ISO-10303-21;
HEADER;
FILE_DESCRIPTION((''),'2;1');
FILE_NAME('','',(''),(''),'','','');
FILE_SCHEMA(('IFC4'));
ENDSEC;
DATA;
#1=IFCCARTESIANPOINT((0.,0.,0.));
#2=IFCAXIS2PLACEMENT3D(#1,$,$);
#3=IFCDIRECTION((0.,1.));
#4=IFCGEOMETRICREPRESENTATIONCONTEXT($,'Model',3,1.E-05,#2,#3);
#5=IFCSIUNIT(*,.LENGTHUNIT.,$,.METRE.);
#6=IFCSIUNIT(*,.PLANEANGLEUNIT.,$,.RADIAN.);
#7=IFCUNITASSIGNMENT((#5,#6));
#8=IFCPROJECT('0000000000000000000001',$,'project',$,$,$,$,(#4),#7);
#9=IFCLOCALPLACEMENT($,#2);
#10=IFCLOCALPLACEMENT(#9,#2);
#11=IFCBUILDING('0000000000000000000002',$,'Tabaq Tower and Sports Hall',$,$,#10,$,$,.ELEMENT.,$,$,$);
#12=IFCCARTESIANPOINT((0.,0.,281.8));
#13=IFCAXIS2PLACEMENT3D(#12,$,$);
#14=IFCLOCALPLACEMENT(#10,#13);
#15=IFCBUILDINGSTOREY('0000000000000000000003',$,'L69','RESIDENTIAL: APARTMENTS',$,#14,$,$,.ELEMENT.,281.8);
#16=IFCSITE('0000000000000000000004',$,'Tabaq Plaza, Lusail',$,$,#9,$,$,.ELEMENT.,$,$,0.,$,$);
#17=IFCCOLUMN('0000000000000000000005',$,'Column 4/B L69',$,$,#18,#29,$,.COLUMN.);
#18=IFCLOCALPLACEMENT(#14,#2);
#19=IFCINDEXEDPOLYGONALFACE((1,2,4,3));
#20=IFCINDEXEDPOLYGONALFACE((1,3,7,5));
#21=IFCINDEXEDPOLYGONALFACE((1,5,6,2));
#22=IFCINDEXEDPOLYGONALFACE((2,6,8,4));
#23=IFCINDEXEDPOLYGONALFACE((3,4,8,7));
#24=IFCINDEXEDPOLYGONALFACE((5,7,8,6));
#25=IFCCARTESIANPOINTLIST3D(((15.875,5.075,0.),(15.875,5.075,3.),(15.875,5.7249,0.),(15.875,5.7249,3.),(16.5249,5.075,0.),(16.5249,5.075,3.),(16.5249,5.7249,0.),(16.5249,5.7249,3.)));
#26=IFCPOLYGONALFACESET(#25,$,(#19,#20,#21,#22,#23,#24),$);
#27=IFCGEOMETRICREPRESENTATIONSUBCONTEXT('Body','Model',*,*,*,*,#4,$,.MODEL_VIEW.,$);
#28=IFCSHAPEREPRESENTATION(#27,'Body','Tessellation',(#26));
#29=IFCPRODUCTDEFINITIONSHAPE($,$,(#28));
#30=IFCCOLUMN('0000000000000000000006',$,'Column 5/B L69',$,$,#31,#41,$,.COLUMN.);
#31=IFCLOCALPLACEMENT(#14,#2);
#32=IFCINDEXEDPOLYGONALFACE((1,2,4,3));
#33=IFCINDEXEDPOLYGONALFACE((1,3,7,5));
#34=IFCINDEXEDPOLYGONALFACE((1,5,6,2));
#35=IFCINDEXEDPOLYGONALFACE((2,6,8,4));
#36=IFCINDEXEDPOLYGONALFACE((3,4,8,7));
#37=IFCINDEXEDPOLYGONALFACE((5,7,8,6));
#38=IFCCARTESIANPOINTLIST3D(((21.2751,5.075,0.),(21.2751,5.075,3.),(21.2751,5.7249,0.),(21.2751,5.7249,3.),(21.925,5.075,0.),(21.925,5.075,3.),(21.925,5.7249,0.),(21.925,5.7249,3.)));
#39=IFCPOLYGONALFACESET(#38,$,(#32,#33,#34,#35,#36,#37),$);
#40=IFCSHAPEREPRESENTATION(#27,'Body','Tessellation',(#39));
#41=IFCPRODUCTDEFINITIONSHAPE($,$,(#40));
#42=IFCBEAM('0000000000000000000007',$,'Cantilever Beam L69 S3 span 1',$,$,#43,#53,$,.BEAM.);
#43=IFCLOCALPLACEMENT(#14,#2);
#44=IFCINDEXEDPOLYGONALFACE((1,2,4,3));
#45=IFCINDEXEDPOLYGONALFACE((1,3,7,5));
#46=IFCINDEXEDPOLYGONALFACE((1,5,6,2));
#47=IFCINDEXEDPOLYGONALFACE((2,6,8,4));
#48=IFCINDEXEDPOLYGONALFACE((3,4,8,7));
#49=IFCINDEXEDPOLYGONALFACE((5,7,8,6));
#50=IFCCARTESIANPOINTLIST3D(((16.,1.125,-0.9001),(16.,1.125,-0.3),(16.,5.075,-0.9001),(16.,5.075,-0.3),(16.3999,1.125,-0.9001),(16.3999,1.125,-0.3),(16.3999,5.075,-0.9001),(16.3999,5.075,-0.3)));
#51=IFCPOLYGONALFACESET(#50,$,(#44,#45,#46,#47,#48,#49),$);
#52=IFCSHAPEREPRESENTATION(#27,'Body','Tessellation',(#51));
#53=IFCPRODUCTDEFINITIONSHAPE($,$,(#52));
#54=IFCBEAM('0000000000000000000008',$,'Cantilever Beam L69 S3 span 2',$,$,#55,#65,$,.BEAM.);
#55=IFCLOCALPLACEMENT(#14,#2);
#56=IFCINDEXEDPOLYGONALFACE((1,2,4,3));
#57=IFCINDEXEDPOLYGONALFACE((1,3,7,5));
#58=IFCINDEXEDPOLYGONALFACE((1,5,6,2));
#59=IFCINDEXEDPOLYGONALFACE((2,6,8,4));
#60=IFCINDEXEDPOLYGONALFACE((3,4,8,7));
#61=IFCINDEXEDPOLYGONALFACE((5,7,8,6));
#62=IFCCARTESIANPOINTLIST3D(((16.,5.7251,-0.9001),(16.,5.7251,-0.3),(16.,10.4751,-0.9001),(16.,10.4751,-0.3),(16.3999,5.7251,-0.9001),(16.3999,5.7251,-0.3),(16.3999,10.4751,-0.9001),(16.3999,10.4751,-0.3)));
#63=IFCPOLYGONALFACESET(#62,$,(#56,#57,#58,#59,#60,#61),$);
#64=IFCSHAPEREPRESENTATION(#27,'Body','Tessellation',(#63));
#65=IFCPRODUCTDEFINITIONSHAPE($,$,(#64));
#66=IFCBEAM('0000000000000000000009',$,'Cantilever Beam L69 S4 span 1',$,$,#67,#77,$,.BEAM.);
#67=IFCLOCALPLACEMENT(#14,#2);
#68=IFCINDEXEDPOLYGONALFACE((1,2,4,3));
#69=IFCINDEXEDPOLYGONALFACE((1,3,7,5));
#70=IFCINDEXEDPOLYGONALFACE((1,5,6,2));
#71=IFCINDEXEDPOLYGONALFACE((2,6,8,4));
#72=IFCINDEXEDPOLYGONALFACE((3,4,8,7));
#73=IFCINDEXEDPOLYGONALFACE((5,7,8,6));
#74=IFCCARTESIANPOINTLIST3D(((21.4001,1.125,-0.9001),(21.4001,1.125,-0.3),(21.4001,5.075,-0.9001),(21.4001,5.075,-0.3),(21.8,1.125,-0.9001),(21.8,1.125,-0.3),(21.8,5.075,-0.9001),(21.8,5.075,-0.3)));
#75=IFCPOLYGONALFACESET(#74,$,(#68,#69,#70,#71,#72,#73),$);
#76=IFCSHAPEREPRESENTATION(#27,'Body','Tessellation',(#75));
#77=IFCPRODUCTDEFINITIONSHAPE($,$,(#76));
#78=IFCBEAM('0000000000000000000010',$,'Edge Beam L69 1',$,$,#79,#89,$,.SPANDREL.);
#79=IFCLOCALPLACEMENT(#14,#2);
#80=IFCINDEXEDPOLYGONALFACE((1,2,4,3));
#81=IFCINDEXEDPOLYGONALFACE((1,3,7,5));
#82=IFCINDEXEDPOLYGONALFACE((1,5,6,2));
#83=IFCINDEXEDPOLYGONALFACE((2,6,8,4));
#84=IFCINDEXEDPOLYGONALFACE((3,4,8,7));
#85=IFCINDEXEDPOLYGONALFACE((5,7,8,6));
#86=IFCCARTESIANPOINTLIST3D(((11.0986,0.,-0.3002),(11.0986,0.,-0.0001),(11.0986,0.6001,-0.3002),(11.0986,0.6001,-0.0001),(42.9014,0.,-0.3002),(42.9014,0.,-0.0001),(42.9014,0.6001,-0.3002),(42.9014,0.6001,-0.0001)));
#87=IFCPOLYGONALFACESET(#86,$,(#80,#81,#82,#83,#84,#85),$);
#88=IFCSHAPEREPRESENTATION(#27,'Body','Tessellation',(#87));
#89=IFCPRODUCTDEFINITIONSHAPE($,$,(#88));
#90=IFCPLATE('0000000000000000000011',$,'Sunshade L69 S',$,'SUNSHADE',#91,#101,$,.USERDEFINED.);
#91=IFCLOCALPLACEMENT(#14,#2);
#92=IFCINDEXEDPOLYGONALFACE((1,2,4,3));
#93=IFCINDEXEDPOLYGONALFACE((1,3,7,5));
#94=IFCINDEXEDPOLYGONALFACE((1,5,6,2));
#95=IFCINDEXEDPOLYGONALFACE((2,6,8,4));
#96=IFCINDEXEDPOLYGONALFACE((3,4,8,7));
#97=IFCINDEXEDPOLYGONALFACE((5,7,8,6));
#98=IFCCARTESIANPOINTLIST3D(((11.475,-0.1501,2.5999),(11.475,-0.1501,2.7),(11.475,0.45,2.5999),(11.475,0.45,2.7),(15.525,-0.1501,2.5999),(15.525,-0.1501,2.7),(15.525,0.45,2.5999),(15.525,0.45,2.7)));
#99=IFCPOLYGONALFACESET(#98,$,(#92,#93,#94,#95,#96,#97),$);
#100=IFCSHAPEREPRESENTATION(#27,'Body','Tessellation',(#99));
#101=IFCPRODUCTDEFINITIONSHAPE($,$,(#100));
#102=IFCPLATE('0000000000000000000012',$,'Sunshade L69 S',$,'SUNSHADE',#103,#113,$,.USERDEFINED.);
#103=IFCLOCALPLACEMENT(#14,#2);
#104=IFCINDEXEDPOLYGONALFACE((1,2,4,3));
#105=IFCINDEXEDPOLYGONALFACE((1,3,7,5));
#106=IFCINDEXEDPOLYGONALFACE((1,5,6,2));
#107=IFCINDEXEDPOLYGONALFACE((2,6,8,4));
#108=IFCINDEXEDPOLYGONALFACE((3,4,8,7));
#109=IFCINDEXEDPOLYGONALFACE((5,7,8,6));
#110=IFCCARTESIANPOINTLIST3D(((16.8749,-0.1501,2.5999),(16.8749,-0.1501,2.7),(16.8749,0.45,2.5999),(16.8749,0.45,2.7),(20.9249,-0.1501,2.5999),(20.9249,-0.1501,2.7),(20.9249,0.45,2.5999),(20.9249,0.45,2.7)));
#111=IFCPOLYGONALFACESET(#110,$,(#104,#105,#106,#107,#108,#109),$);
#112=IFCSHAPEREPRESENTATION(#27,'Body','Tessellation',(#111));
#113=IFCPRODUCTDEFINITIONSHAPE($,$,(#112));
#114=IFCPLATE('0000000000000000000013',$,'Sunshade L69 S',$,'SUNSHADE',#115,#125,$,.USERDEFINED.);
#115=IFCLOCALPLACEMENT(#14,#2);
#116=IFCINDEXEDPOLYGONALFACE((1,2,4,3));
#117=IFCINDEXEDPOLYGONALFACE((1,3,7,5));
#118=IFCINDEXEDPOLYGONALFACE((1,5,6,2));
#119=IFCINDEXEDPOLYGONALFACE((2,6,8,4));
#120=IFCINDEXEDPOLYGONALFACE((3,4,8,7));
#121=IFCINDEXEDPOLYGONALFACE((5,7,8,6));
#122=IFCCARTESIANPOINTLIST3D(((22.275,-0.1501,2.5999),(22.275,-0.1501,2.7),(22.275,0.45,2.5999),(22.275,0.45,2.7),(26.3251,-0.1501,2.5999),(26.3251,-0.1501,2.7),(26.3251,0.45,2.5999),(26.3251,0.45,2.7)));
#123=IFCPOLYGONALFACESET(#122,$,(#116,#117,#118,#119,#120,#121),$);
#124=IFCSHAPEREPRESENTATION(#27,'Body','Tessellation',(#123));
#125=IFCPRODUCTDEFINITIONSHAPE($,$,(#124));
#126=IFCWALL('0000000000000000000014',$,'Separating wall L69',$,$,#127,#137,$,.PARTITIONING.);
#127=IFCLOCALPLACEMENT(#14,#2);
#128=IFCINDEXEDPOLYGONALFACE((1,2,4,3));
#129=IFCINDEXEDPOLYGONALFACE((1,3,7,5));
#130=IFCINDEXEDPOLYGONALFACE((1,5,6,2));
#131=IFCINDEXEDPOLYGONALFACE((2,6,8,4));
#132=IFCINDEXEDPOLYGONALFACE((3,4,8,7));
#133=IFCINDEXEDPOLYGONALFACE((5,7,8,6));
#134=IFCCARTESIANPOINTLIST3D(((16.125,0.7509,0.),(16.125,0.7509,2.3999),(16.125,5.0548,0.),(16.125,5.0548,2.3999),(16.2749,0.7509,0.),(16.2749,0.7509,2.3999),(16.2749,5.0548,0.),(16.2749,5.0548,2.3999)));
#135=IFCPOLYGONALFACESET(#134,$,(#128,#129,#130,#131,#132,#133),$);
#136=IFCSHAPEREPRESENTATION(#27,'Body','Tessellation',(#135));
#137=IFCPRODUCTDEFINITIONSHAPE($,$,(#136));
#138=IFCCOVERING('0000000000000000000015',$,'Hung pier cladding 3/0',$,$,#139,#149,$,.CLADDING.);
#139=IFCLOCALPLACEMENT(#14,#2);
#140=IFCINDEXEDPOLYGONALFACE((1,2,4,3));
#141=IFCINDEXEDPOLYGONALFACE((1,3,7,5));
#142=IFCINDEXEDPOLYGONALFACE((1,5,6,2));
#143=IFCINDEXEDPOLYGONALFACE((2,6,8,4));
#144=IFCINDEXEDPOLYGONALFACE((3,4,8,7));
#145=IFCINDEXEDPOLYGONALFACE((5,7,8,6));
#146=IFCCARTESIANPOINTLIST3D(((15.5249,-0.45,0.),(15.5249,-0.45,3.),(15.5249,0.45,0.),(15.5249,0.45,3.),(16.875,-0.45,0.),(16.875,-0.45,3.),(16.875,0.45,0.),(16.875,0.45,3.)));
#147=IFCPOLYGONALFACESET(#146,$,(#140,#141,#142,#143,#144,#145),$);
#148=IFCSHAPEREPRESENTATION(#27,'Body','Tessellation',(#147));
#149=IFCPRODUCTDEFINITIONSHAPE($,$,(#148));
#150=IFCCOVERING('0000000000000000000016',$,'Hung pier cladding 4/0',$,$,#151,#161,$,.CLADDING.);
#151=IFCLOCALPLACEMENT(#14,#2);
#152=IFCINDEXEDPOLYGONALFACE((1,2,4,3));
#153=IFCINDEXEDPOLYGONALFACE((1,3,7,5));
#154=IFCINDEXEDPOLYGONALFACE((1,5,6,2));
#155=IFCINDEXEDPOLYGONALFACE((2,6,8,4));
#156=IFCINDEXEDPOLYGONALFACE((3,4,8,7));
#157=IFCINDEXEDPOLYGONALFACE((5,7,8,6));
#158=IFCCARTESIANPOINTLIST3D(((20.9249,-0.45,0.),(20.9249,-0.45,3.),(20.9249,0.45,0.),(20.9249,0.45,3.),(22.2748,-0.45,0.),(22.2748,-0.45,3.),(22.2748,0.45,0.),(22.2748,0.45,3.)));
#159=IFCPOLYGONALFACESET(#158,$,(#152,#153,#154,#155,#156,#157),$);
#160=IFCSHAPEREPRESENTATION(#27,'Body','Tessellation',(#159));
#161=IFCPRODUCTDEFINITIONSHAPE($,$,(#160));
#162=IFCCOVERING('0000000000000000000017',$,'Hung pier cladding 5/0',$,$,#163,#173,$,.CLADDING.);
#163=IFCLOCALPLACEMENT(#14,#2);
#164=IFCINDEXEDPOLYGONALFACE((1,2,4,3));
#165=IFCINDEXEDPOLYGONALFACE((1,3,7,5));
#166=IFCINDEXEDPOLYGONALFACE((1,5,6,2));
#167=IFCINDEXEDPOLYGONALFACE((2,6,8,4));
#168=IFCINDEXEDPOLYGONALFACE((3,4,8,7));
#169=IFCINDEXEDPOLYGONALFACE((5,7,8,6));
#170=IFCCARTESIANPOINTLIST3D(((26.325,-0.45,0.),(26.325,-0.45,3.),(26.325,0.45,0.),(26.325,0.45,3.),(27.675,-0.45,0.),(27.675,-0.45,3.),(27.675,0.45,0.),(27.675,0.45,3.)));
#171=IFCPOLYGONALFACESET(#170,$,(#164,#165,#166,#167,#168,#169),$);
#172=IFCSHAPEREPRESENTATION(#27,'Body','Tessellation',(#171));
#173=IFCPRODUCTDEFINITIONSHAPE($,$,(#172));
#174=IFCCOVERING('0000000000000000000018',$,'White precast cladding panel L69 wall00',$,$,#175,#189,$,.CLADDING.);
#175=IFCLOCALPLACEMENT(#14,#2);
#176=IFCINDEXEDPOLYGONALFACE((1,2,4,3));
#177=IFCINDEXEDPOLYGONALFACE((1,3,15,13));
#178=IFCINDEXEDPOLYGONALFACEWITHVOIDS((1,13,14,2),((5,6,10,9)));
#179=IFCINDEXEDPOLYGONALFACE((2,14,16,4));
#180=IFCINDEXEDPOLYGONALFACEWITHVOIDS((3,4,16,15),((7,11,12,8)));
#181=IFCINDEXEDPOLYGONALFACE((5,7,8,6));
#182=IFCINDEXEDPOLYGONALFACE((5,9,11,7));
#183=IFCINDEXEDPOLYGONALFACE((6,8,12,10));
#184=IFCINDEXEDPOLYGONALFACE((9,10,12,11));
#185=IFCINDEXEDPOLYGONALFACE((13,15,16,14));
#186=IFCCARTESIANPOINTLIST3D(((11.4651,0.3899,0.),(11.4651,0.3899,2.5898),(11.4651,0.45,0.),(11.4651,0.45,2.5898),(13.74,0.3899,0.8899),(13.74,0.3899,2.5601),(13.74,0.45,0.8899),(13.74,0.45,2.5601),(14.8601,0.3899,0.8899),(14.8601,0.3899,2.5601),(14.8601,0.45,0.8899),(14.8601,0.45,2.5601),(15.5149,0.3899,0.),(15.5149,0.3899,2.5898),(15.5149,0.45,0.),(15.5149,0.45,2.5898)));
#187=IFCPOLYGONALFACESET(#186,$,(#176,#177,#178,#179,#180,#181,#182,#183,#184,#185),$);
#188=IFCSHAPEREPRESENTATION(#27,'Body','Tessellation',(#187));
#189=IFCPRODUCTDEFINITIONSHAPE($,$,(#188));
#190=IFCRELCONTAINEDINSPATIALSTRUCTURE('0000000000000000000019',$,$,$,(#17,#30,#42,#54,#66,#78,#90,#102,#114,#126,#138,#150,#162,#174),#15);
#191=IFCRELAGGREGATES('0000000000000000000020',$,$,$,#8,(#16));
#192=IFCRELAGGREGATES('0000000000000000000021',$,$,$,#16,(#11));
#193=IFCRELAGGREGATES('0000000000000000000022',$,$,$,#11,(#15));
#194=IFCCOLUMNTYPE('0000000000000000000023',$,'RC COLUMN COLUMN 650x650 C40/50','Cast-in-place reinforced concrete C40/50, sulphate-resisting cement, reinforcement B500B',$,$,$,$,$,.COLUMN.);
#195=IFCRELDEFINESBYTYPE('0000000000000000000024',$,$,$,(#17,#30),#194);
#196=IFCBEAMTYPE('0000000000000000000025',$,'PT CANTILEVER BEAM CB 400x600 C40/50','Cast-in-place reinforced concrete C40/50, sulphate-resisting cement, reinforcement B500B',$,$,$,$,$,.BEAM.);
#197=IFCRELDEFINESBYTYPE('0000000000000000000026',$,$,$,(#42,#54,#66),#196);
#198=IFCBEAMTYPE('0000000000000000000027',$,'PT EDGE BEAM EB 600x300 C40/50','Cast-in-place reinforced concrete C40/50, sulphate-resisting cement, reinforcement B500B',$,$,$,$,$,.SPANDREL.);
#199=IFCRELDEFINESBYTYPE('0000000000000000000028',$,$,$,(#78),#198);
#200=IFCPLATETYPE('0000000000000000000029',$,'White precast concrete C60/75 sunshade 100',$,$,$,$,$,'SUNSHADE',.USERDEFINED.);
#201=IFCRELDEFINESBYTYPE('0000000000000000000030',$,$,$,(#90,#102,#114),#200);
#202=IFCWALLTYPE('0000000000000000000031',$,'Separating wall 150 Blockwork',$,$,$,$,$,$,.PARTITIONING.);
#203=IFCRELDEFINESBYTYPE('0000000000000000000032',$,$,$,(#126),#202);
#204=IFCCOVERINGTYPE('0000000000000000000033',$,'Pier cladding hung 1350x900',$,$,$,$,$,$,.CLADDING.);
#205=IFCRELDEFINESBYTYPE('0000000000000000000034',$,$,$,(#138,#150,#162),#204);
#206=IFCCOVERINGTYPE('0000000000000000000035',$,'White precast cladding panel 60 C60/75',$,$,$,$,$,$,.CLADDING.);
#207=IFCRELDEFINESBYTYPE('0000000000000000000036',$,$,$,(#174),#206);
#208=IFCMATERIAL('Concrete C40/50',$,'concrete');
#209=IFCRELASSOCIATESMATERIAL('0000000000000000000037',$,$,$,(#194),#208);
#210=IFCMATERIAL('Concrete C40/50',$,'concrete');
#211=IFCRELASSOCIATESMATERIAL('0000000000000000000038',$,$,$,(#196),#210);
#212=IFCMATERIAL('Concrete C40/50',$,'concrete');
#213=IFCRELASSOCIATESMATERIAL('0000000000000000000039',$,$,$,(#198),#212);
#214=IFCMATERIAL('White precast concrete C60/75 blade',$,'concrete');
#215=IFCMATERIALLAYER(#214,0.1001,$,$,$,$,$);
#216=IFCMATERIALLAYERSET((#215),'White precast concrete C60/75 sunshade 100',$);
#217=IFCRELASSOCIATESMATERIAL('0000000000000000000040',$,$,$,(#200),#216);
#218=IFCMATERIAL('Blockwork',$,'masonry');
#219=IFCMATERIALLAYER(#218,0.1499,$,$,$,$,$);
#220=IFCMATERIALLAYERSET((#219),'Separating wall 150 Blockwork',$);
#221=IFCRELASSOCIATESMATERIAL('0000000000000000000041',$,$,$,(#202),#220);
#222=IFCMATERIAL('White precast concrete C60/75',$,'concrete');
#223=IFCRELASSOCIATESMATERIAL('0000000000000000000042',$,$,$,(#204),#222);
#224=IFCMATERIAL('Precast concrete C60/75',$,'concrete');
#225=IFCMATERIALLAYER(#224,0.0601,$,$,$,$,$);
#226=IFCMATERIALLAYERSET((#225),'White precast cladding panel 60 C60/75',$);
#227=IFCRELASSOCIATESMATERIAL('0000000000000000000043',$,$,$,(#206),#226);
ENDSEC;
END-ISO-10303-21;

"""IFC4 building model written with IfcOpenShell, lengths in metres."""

from ifc_helpers import new_model, si_unit, direction, frame, frame_2d, origin, origin_2d, place, context, subcontext, project, spatial, polyline, rectangle, outline, extrude, material, layer, layer_set, material_profile, profile_set, type_object, element, save


model = new_model("IFC4")

# Units and contexts
model_context = context("Model", 3, precision=1e-05, world=origin(), true_north=direction((0.0, 1.0)))
body_context = subcontext(model_context, "Body", "Model", "MODEL_VIEW")
ifc_project = project(units=[si_unit("LENGTHUNIT", "METRE"), si_unit("PLANEANGLEUNIT", "RADIAN")], contexts=[model_context])

# Site, building, storey
site_placement = place(None, origin())
site = spatial("IfcSite", under=ifc_project, at=site_placement, Name="Tabaq Plaza, Lusail", CompositionType="ELEMENT", RefElevation=0.0)
building_placement = place(site_placement, origin())
building = spatial("IfcBuilding", under=site, at=building_placement, Name="Tabaq Tower and Sports Hall", CompositionType="ELEMENT")
storey_placement = place(building_placement, frame((0.0, 0.0, 281.8)))
storey = spatial("IfcBuildingStorey", under=building, at=storey_placement, Name="L69", Description="RESIDENTIAL: APARTMENTS", CompositionType="ELEMENT", Elevation=281.8)

# Columns
ifc_material_1 = material(Name="Concrete C40/50", Category="concrete")
ifc_material_profile_1 = material_profile(ifc_material_1, rectangle(XDim=0.6499, YDim=0.6499, at=origin_2d()), Name="COLUMN 650x650")
ifc_profile_set_1 = profile_set([ifc_material_profile_1], Name="Concrete C40/50")
column_type = type_object("IfcColumnType", Name="RC COLUMN COLUMN 650x650 C40/50", Description="Cast-in-place reinforced concrete C40/50, sulphate-resisting cement, reinforcement B500B", PredefinedType="COLUMN", material=ifc_profile_set_1)
for number, where, z_axis, x_axis, name in (
    (1, (16.2, 5.3999, 0.0), (0.0, 0.0, 1.0), (1.0, 0.0, 0.0), "Column 4/B L69"),
    (2, (21.6001, 5.3999, 0.0), (0.0, 0.0, 1.0), (1.0, 0.0, 0.0), "Column 5/B L69"),
):
    element("IfcColumn", number, at=place(storey_placement, frame(where, z_axis=z_axis, x_axis=x_axis)), inside=storey, type_object=column_type, Name=name, PredefinedType="COLUMN", context=body_context, shape_type="SweptSolid", body=[
        extrude(rectangle(XDim=0.6499, YDim=0.6499, at=origin_2d()), origin(), (0.0, 0.0, 1.0), 3.0),
    ])

# Beams
ifc_material_2 = material(Name="Concrete C40/50", Category="concrete")
ifc_material_profile_2 = material_profile(ifc_material_2, rectangle(XDim=0.3999, YDim=0.6001, at=origin_2d()), Name="CB 400x600")
ifc_profile_set_2 = profile_set([ifc_material_profile_2], Name="Concrete C40/50")
beam_type_1 = type_object("IfcBeamType", Name="PT CANTILEVER BEAM CB 400x600 C40/50", Description="Cast-in-place reinforced concrete C40/50, sulphate-resisting cement, reinforcement B500B", PredefinedType="BEAM", material=ifc_profile_set_2)
beam_1_placement = place(storey_placement, frame((16.2, 1.125, -0.6001), z_axis=(0.0, 1.0, 0.0), x_axis=(-1.0, 0.0, 0.0)))
element("IfcBeam", 3, at=beam_1_placement, inside=storey, type_object=beam_type_1, Name="Cantilever Beam L69 S3 span 1", PredefinedType="BEAM", context=body_context, shape_type="SweptSolid", body=[
    extrude(rectangle(XDim=0.3999, YDim=0.6001, at=origin_2d()), origin(), (0.0, 0.0, 1.0), 3.95),
])
beam_2_placement = place(storey_placement, frame((16.2, 5.7251, -0.6001), z_axis=(0.0, 1.0, 0.0), x_axis=(-1.0, 0.0, 0.0)))
element("IfcBeam", 4, at=beam_2_placement, inside=storey, type_object=beam_type_1, Name="Cantilever Beam L69 S3 span 2", PredefinedType="BEAM", context=body_context, shape_type="SweptSolid", body=[
    extrude(rectangle(XDim=0.3999, YDim=0.6001, at=origin_2d()), origin(), (0.0, 0.0, 1.0), 4.75),
])
beam_3_placement = place(storey_placement, frame((21.6001, 1.125, -0.6001), z_axis=(0.0, 1.0, 0.0), x_axis=(-1.0, 0.0, 0.0)))
element("IfcBeam", 5, at=beam_3_placement, inside=storey, type_object=beam_type_1, Name="Cantilever Beam L69 S4 span 1", PredefinedType="BEAM", context=body_context, shape_type="SweptSolid", body=[
    extrude(rectangle(XDim=0.3999, YDim=0.6001, at=origin_2d()), origin(), (0.0, 0.0, 1.0), 3.95),
])
ifc_material_3 = material(Name="Concrete C40/50", Category="concrete")
ifc_material_profile_3 = material_profile(ifc_material_3, rectangle(XDim=0.6001, YDim=0.3, at=origin_2d()), Name="EB 600x300")
ifc_profile_set_3 = profile_set([ifc_material_profile_3], Name="Concrete C40/50")
beam_type_2 = type_object("IfcBeamType", Name="PT EDGE BEAM EB 600x300 C40/50", Description="Cast-in-place reinforced concrete C40/50, sulphate-resisting cement, reinforcement B500B", PredefinedType="SPANDREL", material=ifc_profile_set_3)
beam_4_placement = place(storey_placement, frame((11.0986, 0.3, -0.1501), z_axis=(1.0, 0.0, 0.0), x_axis=(0.0, 1.0, 0.0)))
element("IfcBeam", 6, at=beam_4_placement, inside=storey, type_object=beam_type_2, Name="Edge Beam L69 1", PredefinedType="SPANDREL", context=body_context, shape_type="SweptSolid", body=[
    extrude(rectangle(XDim=0.6001, YDim=0.3, at=origin_2d()), origin(), (0.0, 0.0, 1.0), 31.8027),
])

# Plates
ifc_material_4 = material(Name="White precast concrete C60/75 blade", Category="concrete")
ifc_layer_1 = layer(ifc_material_4, 0.1001)
ifc_layer_set_1 = layer_set([ifc_layer_1], Name="White precast concrete C60/75 sunshade 100")
plate_type = type_object("IfcPlateType", Name="White precast concrete C60/75 sunshade 100", ElementType="SUNSHADE", PredefinedType="USERDEFINED", material=ifc_layer_set_1)
for number, where, z_axis, x_axis, name in (
    (7, (13.5, 0.1499, 2.5999), (0.0, 0.0, 1.0), (1.0, 0.0, 0.0), "Sunshade L69 S"),
    (8, (18.8999, 0.1499, 2.5999), (0.0, 0.0, 1.0), (1.0, 0.0, 0.0), "Sunshade L69 S"),
    (9, (24.3, 0.1499, 2.5999), (0.0, 0.0, 1.0), (1.0, 0.0, 0.0), "Sunshade L69 S"),
):
    element("IfcPlate", number, at=place(storey_placement, frame(where, z_axis=z_axis, x_axis=x_axis)), inside=storey, type_object=plate_type, Name=name, ObjectType="SUNSHADE", PredefinedType="USERDEFINED", context=body_context, shape_type="SweptSolid", body=[
        extrude(rectangle(XDim=4.05, YDim=0.6001, at=origin_2d()), origin(), (0.0, 0.0, 1.0), 0.1001),
    ])

# Wall
ifc_material_5 = material(Name="Blockwork", Category="masonry")
ifc_layer_2 = layer(ifc_material_5, 0.1499)
ifc_layer_set_2 = layer_set([ifc_layer_2], Name="Separating wall 150 Blockwork")
wall_type = type_object("IfcWallType", Name="Separating wall 150 Blockwork", PredefinedType="PARTITIONING", material=ifc_layer_set_2)
wall_placement = place(storey_placement, frame((16.2, 0.751, 0.0), z_axis=(0.0, 0.0, 1.0), x_axis=(0.0, 1.0, 0.0)))
element("IfcWall", 10, at=wall_placement, inside=storey, type_object=wall_type, Name="Separating wall L69", PredefinedType="PARTITIONING", context=body_context, shape_type="SweptSolid", body=[
    extrude(rectangle(XDim=4.304, YDim=0.1499, at=frame_2d((2.1519, 0.0))), origin(), (0.0, 0.0, 1.0), 2.3999),
])

# Coverings
ifc_material_6 = material(Name="White precast concrete C60/75", Category="concrete")
covering_type_1 = type_object("IfcCoveringType", Name="Pier cladding hung 1350x900", PredefinedType="CLADDING", material=ifc_material_6)
covering_1_placement = place(storey_placement, frame((15.5249, 0.0, 0.0), z_axis=(0.0, 0.0, 1.0), x_axis=(1.0, 0.0, 0.0)))
element("IfcCovering", 11, at=covering_1_placement, inside=storey, type_object=covering_type_1, Name="Hung pier cladding 3/0", PredefinedType="CLADDING", context=body_context, shape_type="SweptSolid", body=[
    extrude(rectangle(XDim=1.3501, YDim=0.8999, at=frame_2d((0.675, 0.0))), origin(), (0.0, 0.0, 1.0), 3.0),
])
covering_2_placement = place(storey_placement, frame((20.925, 0.0, 0.0), z_axis=(0.0, 0.0, 1.0), x_axis=(1.0, 0.0, 0.0)))
element("IfcCovering", 12, at=covering_2_placement, inside=storey, type_object=covering_type_1, Name="Hung pier cladding 4/0", PredefinedType="CLADDING", context=body_context, shape_type="SweptSolid", body=[
    extrude(rectangle(XDim=1.3499, YDim=0.8999, at=frame_2d((0.6748, 0.0))), origin(), (0.0, 0.0, 1.0), 3.0),
])
covering_3_placement = place(storey_placement, frame((26.325, 0.0, 0.0), z_axis=(0.0, 0.0, 1.0), x_axis=(1.0, 0.0, 0.0)))
element("IfcCovering", 13, at=covering_3_placement, inside=storey, type_object=covering_type_1, Name="Hung pier cladding 5/0", PredefinedType="CLADDING", context=body_context, shape_type="SweptSolid", body=[
    extrude(rectangle(XDim=1.3501, YDim=0.8999, at=frame_2d((0.675, 0.0))), origin(), (0.0, 0.0, 1.0), 3.0),
])
ifc_material_7 = material(Name="Precast concrete C60/75", Category="concrete")
ifc_layer_3 = layer(ifc_material_7, 0.0601)
ifc_layer_set_3 = layer_set([ifc_layer_3], Name="White precast cladding panel 60 C60/75")
covering_type_2 = type_object("IfcCoveringType", Name="White precast cladding panel 60 C60/75", PredefinedType="CLADDING", material=ifc_layer_set_3)
covering_4_placement = place(storey_placement, frame((11.4651, 0.4199, 0.0), z_axis=(0.0, 0.0, 1.0), x_axis=(1.0, 0.0, 0.0)))
element("IfcCovering", 14, at=covering_4_placement, inside=storey, type_object=covering_type_2, Name="White precast cladding panel L69 wall00", PredefinedType="CLADDING", context=body_context, shape_type="SweptSolid", body=[
    extrude(outline(polyline([(0.0, 0.0), (4.0498, 0.0), (4.0498, 2.5898), (0.0, 2.5898), (0.0, 0.0)]), holes=[polyline([(3.395, 0.8899), (2.2749, 0.8899), (2.2749, 2.5601), (3.395, 2.5601), (3.395, 0.8899)])]), frame((0.0, 0.03, 0.0), z_axis=(0.0, -1.0, 0.0), x_axis=(1.0, 0.0, 0.0)), (0.0, 0.0, 1.0), 0.0601),
])

save(model, "model.ifc")
